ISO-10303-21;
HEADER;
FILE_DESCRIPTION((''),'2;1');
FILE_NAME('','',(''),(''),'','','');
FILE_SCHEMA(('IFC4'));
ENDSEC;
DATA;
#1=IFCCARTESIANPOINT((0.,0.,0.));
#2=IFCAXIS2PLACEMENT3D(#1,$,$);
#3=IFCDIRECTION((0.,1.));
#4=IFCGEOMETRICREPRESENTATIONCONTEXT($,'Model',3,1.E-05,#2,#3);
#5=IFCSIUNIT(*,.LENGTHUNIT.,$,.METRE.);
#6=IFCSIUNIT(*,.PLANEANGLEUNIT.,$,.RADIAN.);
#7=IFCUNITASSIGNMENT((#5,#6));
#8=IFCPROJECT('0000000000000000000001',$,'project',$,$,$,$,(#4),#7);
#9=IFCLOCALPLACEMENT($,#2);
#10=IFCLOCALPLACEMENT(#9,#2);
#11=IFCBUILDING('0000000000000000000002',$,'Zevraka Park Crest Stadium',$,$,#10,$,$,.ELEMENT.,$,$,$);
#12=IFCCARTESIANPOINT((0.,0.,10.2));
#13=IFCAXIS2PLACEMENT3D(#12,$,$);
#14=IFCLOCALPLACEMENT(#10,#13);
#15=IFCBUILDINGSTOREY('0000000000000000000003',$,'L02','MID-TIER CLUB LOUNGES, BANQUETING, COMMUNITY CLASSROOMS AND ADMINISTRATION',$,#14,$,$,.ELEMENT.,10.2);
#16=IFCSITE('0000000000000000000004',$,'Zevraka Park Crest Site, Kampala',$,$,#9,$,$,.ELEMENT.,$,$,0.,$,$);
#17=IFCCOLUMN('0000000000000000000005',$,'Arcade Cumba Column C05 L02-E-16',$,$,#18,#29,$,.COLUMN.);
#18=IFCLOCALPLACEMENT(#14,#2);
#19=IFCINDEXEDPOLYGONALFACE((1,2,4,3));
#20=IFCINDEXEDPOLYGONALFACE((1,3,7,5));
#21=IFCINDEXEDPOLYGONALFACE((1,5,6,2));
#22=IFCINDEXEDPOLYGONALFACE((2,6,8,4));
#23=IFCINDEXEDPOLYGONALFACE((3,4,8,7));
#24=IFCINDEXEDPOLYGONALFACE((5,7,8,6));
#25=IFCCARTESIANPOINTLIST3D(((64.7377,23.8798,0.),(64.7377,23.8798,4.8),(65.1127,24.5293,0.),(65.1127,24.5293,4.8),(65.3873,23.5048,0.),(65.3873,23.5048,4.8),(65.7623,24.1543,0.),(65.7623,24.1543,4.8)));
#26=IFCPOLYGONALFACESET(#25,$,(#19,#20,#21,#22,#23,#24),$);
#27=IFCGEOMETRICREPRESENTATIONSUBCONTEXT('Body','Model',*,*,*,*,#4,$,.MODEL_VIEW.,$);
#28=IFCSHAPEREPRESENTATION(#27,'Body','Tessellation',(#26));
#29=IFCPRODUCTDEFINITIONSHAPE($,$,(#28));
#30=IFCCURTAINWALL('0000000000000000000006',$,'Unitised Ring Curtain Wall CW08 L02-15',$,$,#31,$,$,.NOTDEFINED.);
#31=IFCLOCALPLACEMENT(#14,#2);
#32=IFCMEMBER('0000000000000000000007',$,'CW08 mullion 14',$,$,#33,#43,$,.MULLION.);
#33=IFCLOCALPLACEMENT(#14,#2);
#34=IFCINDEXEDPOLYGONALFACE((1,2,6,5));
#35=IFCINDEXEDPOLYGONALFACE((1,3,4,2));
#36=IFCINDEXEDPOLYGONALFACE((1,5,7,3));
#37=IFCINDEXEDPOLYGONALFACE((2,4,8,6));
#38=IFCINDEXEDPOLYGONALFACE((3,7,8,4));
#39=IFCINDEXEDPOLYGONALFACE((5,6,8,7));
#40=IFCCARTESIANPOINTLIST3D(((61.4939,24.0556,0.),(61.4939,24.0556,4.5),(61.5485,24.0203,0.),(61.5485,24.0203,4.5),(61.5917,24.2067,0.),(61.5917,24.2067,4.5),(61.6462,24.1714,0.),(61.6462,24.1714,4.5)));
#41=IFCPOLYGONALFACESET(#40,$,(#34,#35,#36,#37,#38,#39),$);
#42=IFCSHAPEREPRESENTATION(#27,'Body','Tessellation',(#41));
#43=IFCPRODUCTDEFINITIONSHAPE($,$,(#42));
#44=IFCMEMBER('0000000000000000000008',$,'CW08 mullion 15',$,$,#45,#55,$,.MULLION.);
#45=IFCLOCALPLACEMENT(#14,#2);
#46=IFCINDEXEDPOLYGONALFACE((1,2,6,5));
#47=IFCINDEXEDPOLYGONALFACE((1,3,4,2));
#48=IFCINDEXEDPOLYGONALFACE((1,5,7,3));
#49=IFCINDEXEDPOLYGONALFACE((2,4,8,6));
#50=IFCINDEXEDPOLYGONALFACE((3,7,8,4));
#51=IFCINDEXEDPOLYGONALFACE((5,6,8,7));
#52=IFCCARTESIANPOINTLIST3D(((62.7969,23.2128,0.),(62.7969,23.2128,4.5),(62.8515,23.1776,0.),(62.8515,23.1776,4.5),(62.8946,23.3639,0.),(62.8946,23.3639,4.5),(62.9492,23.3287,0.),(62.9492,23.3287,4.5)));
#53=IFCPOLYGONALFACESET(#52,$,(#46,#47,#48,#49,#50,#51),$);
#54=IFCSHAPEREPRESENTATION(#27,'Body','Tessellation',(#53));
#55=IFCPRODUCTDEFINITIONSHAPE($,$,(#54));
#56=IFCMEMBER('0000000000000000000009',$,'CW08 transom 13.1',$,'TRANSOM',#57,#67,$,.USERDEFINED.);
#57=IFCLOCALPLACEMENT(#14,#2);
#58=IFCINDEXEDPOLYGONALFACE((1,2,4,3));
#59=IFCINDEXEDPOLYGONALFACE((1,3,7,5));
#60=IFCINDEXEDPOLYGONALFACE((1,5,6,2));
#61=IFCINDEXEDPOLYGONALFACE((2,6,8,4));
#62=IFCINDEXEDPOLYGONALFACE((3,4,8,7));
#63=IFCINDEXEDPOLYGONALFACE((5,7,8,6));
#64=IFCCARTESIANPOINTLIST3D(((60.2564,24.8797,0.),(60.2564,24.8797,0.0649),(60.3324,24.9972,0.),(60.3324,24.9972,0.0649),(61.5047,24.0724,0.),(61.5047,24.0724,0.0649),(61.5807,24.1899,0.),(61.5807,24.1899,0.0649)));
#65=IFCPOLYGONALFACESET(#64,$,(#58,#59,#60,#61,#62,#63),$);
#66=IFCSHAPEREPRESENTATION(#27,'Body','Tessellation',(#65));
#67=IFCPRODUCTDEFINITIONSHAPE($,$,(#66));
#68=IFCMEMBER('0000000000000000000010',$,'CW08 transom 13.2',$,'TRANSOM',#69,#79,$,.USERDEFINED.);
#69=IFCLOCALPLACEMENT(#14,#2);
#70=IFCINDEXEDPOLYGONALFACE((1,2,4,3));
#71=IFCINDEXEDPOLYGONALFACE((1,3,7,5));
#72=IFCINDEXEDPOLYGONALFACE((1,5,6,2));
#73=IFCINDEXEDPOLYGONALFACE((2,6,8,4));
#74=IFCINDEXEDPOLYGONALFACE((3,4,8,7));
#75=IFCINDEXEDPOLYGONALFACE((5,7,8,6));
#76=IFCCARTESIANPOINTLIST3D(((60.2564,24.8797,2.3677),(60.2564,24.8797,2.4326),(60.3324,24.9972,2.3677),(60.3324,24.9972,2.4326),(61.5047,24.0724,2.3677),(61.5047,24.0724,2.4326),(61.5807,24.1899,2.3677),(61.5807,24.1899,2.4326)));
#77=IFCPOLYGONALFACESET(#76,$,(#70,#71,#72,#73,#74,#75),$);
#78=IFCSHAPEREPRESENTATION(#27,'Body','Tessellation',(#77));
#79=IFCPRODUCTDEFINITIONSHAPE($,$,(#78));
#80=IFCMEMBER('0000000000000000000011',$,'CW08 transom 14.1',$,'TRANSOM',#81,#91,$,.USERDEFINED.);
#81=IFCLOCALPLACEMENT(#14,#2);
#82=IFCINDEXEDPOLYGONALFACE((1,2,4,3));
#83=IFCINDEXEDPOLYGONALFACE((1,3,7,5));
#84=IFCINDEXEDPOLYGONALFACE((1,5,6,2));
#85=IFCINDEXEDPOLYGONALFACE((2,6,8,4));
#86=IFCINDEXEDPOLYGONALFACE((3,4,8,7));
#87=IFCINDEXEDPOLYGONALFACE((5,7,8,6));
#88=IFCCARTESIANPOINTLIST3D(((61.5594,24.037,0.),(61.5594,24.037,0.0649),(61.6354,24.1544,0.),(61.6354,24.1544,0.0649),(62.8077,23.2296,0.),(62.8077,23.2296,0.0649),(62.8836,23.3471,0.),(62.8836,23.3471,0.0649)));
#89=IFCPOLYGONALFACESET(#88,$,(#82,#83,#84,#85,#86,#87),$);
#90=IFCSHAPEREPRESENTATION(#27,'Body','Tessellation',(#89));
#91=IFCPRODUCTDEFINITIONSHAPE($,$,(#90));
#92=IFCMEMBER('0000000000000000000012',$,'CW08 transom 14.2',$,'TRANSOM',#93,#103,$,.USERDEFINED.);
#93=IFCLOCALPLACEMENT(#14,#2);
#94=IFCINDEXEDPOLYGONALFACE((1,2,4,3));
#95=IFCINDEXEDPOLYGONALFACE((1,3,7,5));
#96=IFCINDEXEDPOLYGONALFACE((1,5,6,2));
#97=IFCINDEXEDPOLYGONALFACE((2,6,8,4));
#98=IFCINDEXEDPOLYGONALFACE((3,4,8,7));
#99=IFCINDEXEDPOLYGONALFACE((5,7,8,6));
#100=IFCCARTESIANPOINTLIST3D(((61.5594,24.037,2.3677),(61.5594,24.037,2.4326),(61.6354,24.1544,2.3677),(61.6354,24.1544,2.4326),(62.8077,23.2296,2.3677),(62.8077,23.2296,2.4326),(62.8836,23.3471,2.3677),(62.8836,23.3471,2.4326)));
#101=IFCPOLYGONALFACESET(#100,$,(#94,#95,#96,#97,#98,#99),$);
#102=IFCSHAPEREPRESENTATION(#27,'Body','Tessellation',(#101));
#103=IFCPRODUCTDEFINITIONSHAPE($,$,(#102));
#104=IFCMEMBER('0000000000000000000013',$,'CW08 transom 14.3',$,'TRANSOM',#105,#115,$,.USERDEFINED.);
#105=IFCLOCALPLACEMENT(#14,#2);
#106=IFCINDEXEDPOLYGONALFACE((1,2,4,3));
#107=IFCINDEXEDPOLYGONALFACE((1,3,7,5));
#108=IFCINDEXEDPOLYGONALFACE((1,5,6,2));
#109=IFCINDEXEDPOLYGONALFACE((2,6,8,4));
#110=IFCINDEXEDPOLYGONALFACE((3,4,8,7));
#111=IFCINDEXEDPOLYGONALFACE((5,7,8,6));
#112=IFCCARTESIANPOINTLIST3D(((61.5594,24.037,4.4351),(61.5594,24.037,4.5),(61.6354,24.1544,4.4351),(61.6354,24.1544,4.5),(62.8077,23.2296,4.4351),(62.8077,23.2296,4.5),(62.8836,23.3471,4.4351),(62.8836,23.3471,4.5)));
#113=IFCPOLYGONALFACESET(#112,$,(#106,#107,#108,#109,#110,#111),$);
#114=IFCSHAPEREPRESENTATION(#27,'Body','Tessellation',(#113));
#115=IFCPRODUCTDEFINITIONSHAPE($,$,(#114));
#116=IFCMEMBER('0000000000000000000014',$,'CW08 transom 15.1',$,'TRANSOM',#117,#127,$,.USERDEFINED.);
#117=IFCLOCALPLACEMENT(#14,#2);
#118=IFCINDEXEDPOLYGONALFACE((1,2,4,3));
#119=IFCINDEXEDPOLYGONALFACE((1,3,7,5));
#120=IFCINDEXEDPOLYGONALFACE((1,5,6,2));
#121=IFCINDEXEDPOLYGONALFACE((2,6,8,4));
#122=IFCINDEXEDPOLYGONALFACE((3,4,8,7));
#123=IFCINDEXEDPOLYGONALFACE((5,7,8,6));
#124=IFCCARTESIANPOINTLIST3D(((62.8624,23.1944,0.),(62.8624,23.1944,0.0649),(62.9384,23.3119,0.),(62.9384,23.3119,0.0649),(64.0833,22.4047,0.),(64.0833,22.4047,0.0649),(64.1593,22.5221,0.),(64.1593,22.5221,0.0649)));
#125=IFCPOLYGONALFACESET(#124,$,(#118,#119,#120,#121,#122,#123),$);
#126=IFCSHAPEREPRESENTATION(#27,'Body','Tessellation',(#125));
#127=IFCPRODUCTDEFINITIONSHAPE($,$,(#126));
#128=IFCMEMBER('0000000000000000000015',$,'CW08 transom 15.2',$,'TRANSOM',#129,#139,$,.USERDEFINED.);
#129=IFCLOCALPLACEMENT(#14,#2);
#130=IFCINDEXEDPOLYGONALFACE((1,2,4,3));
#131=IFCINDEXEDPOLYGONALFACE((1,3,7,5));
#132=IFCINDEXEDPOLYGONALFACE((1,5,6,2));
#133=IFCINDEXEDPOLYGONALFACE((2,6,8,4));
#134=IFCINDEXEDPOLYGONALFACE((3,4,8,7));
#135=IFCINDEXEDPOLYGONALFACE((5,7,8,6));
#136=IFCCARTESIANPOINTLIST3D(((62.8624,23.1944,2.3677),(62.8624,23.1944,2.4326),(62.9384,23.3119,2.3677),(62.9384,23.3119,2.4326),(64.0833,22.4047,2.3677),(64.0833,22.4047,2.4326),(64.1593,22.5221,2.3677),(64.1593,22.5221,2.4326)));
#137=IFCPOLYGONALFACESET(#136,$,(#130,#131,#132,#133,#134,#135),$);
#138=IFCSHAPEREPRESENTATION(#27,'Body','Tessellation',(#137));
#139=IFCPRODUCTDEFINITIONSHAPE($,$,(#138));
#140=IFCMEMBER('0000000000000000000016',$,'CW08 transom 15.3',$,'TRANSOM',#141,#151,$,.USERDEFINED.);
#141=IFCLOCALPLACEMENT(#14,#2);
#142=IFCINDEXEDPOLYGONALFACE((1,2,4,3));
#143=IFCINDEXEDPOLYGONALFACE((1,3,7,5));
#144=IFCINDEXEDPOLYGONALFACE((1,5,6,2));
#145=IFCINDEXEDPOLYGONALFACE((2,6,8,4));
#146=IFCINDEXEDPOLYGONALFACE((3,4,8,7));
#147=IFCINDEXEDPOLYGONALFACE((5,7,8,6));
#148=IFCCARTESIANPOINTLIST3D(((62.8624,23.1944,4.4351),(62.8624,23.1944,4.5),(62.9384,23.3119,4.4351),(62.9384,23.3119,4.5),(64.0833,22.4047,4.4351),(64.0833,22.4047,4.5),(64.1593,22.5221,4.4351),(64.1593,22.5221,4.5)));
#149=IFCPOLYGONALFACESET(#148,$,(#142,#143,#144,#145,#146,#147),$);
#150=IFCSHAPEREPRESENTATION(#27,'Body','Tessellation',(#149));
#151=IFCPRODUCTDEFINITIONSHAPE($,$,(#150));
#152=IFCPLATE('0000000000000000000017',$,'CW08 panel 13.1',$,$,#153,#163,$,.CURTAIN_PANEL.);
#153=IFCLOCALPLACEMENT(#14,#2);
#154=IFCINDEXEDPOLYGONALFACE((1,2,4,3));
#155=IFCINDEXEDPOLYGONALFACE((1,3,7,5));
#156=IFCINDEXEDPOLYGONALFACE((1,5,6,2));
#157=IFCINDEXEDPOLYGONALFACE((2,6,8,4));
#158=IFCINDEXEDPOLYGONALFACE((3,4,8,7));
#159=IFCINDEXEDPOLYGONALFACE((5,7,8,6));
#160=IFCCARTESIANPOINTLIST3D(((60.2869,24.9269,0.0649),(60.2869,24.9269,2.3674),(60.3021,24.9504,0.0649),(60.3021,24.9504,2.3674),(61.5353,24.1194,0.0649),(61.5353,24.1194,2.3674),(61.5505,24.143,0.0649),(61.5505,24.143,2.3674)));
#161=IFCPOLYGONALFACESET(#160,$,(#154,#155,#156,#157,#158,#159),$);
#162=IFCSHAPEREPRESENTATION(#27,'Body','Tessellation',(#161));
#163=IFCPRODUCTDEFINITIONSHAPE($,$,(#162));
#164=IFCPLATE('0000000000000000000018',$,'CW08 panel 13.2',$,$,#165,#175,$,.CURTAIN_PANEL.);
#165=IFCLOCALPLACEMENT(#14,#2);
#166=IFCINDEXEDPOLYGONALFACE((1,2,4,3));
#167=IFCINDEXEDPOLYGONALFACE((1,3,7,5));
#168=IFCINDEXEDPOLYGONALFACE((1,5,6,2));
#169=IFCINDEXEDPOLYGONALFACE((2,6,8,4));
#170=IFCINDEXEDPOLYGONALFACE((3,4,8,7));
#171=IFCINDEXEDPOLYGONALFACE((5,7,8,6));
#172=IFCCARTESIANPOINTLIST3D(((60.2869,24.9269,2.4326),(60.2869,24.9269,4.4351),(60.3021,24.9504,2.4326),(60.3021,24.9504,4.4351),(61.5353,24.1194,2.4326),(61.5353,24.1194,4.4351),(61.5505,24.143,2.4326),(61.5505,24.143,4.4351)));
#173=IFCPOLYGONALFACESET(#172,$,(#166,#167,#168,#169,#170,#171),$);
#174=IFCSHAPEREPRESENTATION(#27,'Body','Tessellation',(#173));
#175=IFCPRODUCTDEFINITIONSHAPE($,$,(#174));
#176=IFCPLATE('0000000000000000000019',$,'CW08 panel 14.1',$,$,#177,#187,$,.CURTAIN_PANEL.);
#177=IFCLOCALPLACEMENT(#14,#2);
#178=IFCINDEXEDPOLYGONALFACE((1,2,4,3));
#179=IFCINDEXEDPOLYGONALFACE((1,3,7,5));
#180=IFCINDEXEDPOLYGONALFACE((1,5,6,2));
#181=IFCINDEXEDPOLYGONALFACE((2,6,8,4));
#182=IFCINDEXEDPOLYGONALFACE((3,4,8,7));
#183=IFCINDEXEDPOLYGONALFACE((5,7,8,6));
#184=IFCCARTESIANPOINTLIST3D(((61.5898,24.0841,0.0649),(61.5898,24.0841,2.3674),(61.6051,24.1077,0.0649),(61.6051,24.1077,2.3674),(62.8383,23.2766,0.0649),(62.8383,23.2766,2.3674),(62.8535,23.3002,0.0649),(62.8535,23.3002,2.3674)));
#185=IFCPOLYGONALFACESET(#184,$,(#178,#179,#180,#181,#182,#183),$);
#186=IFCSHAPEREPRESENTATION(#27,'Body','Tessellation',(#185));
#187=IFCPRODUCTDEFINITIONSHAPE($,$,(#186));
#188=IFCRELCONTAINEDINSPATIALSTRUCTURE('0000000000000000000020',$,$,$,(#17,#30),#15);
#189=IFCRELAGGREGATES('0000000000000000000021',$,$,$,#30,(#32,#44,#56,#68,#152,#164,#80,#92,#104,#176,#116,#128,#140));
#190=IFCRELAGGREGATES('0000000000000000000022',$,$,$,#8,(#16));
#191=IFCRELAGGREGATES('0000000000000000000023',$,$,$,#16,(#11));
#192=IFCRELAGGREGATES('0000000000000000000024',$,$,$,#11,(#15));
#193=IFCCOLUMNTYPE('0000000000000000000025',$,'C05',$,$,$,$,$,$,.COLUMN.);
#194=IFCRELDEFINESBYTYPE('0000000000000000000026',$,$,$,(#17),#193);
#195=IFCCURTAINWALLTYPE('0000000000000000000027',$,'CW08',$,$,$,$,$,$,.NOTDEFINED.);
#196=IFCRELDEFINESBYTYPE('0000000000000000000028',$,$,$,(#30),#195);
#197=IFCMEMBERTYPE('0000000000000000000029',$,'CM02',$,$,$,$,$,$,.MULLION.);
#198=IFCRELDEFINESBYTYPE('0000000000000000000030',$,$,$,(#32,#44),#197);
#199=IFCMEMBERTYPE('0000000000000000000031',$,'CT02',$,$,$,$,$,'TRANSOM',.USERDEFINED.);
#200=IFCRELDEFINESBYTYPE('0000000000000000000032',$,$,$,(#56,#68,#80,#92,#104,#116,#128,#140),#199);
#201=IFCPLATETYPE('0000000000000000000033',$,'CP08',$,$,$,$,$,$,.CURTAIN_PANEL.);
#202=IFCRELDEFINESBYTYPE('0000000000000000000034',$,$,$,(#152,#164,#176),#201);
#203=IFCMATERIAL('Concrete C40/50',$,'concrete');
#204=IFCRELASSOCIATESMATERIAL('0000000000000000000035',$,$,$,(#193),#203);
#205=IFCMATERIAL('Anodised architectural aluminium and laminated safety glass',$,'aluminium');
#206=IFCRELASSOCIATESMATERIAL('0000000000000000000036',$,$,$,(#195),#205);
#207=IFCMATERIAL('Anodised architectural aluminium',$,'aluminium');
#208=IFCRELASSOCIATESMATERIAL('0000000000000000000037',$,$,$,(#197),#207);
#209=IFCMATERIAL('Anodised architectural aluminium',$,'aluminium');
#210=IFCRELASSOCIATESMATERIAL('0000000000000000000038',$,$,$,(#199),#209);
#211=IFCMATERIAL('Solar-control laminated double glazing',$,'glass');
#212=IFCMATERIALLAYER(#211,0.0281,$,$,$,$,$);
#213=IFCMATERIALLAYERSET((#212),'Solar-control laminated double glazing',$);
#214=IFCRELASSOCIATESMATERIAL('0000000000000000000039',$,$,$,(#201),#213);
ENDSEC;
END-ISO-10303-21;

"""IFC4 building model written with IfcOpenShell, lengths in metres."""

from ifc_helpers import new_model, si_unit, direction, frame, origin, origin_2d, place, context, subcontext, project, spatial, rectangle, extrude, material, layer, layer_set, material_profile, profile_set, type_object, element, aggregate, save


model = new_model("IFC4")

# Units and contexts
model_context = context("Model", 3, precision=1e-05, world=origin(), true_north=direction((0.0, 1.0)))
body_context = subcontext(model_context, "Body", "Model", "MODEL_VIEW")
ifc_project = project(units=[si_unit("LENGTHUNIT", "METRE"), si_unit("PLANEANGLEUNIT", "RADIAN")], contexts=[model_context])

# Site, building, storey
site_placement = place(None, origin())
site = spatial("IfcSite", under=ifc_project, at=site_placement, Name="Zevraka Park Crest Site, Kampala", CompositionType="ELEMENT", RefElevation=0.0)
building_placement = place(site_placement, origin())
building = spatial("IfcBuilding", under=site, at=building_placement, Name="Zevraka Park Crest Stadium", CompositionType="ELEMENT")
storey_placement = place(building_placement, frame((0.0, 0.0, 10.2)))
storey = spatial("IfcBuildingStorey", under=building, at=storey_placement, Name="L02", Description="MID-TIER CLUB LOUNGES, BANQUETING, COMMUNITY CLASSROOMS AND ADMINISTRATION", CompositionType="ELEMENT", Elevation=10.2)

# Column
ifc_material_1 = material(Name="Concrete C40/50", Category="concrete")
ifc_material_profile_1 = material_profile(ifc_material_1, rectangle(XDim=0.75, YDim=0.75, at=origin_2d()), Name="RC 750x750")
ifc_profile_set_1 = profile_set([ifc_material_profile_1], Name="Concrete C40/50")
column_type = type_object("IfcColumnType", Name="C05", PredefinedType="COLUMN", material=ifc_profile_set_1)
column_placement = place(storey_placement, frame((65.25, 24.0171, 0.0), z_axis=(0.0, 0.0, 1.0), x_axis=(0.5, 0.866025, 0.0)))
element("IfcColumn", 1, at=column_placement, inside=storey, type_object=column_type, Name="Arcade Cumba Column C05 L02-E-16", PredefinedType="COLUMN", context=body_context, shape_type="SweptSolid", body=[
    extrude(rectangle(XDim=0.75, YDim=0.75, at=origin_2d()), origin(), (0.0, 0.0, 1.0), 4.8),
])

# Curtain wall, members, plates
ifc_material_2 = material(Name="Anodised architectural aluminium and laminated safety glass", Category="aluminium")
curtain_wall_type = type_object("IfcCurtainWallType", Name="CW08", PredefinedType="NOTDEFINED", material=ifc_material_2)
curtain_wall_placement = place(storey_placement, origin())
curtain_wall = element("IfcCurtainWall", 2, at=curtain_wall_placement, inside=storey, type_object=curtain_wall_type, Name="Unitised Ring Curtain Wall CW08 L02-15", PredefinedType="NOTDEFINED")
ifc_material_3 = material(Name="Anodised architectural aluminium", Category="aluminium")
ifc_material_profile_2 = material_profile(ifc_material_3, rectangle(XDim=0.1799, YDim=0.0649, at=origin_2d()), Name="ALU MULLION 180x65")
ifc_profile_set_2 = profile_set([ifc_material_profile_2], Name="Anodised architectural aluminium")
member_type_1 = type_object("IfcMemberType", Name="CM02", PredefinedType="MULLION", material=ifc_profile_set_2)
member_1_placement = place(storey_placement, frame((61.5701, 24.1135, 0.0), z_axis=(0.0, 0.0, 1.0), x_axis=(0.543096, 0.83967, 0.0)))
member_1 = element("IfcMember", 3, at=member_1_placement, type_object=member_type_1, Name="CW08 mullion 14", PredefinedType="MULLION", context=body_context, shape_type="SweptSolid", body=[
    extrude(rectangle(XDim=0.1799, YDim=0.0649, at=origin_2d()), origin(), (0.0, 0.0, 1.0), 4.5),
])
member_2_placement = place(storey_placement, frame((62.873, 23.2708, 0.0), z_axis=(0.0, 0.0, 1.0), x_axis=(0.543096, 0.83967, 0.0)))
member_2 = element("IfcMember", 4, at=member_2_placement, type_object=member_type_1, Name="CW08 mullion 15", PredefinedType="MULLION", context=body_context, shape_type="SweptSolid", body=[
    extrude(rectangle(XDim=0.1799, YDim=0.0649, at=origin_2d()), origin(), (0.0, 0.0, 1.0), 4.5),
])
ifc_material_4 = material(Name="Anodised architectural aluminium", Category="aluminium")
ifc_material_profile_3 = material_profile(ifc_material_4, rectangle(XDim=0.1399, YDim=0.0649, at=origin_2d()), Name="ALU TRANSOM 140x65")
ifc_profile_set_3 = profile_set([ifc_material_profile_3], Name="Anodised architectural aluminium")
member_type_2 = type_object("IfcMemberType", Name="CT02", ElementType="TRANSOM", PredefinedType="USERDEFINED", material=ifc_profile_set_3)
member_3_placement = place(storey_placement, frame((60.2944, 24.9385, 0.0325), z_axis=(0.839676, -0.543088, 0.0), x_axis=(0.543088, 0.839676, 0.0)))
member_3 = element("IfcMember", 5, at=member_3_placement, type_object=member_type_2, Name="CW08 transom 13.1", ObjectType="TRANSOM", PredefinedType="USERDEFINED", context=body_context, shape_type="SweptSolid", body=[
    extrude(rectangle(XDim=0.1399, YDim=0.0649, at=origin_2d()), origin(), (0.0, 0.0, 1.0), 1.4866),
])
member_4_placement = place(storey_placement, frame((60.2944, 24.9385, 2.4001), z_axis=(0.839676, -0.543088, 0.0), x_axis=(0.543088, 0.839676, 0.0)))
member_4 = element("IfcMember", 6, at=member_4_placement, type_object=member_type_2, Name="CW08 transom 13.2", ObjectType="TRANSOM", PredefinedType="USERDEFINED", context=body_context, shape_type="SweptSolid", body=[
    extrude(rectangle(XDim=0.1399, YDim=0.0649, at=origin_2d()), origin(), (0.0, 0.0, 1.0), 1.4866),
])
member_5_placement = place(storey_placement, frame((61.5974, 24.0957, 0.0325), z_axis=(0.839676, -0.543088, 0.0), x_axis=(0.543088, 0.839676, 0.0)))
member_5 = element("IfcMember", 7, at=member_5_placement, type_object=member_type_2, Name="CW08 transom 14.1", ObjectType="TRANSOM", PredefinedType="USERDEFINED", context=body_context, shape_type="SweptSolid", body=[
    extrude(rectangle(XDim=0.1399, YDim=0.0649, at=origin_2d()), origin(), (0.0, 0.0, 1.0), 1.4866),
])
member_6_placement = place(storey_placement, frame((61.5974, 24.0957, 2.4001), z_axis=(0.839676, -0.543088, 0.0), x_axis=(0.543088, 0.839676, 0.0)))
member_6 = element("IfcMember", 8, at=member_6_placement, type_object=member_type_2, Name="CW08 transom 14.2", ObjectType="TRANSOM", PredefinedType="USERDEFINED", context=body_context, shape_type="SweptSolid", body=[
    extrude(rectangle(XDim=0.1399, YDim=0.0649, at=origin_2d()), origin(), (0.0, 0.0, 1.0), 1.4866),
])
member_7_placement = place(storey_placement, frame((61.5974, 24.0957, 4.4675), z_axis=(0.839676, -0.543088, 0.0), x_axis=(0.543088, 0.839676, 0.0)))
member_7 = element("IfcMember", 9, at=member_7_placement, type_object=member_type_2, Name="CW08 transom 14.3", ObjectType="TRANSOM", PredefinedType="USERDEFINED", context=body_context, shape_type="SweptSolid", body=[
    extrude(rectangle(XDim=0.1399, YDim=0.0649, at=origin_2d()), origin(), (0.0, 0.0, 1.0), 1.4866),
])
member_8_placement = place(storey_placement, frame((62.9004, 23.2532, 0.0325), z_axis=(0.839642, -0.54314, 0.0), x_axis=(0.54314, 0.839642, 0.0)))
member_8 = element("IfcMember", 10, at=member_8_placement, type_object=member_type_2, Name="CW08 transom 15.1", ObjectType="TRANSOM", PredefinedType="USERDEFINED", context=body_context, shape_type="SweptSolid", body=[
    extrude(rectangle(XDim=0.1399, YDim=0.0649, at=origin_2d()), origin(), (0.0, 0.0, 1.0), 1.4541),
])
member_9_placement = place(storey_placement, frame((62.9004, 23.2532, 2.4001), z_axis=(0.839642, -0.54314, 0.0), x_axis=(0.54314, 0.839642, 0.0)))
member_9 = element("IfcMember", 11, at=member_9_placement, type_object=member_type_2, Name="CW08 transom 15.2", ObjectType="TRANSOM", PredefinedType="USERDEFINED", context=body_context, shape_type="SweptSolid", body=[
    extrude(rectangle(XDim=0.1399, YDim=0.0649, at=origin_2d()), origin(), (0.0, 0.0, 1.0), 1.4541),
])
member_10_placement = place(storey_placement, frame((62.9004, 23.2532, 4.4675), z_axis=(0.839642, -0.54314, 0.0), x_axis=(0.54314, 0.839642, 0.0)))
member_10 = element("IfcMember", 12, at=member_10_placement, type_object=member_type_2, Name="CW08 transom 15.3", ObjectType="TRANSOM", PredefinedType="USERDEFINED", context=body_context, shape_type="SweptSolid", body=[
    extrude(rectangle(XDim=0.1399, YDim=0.0649, at=origin_2d()), origin(), (0.0, 0.0, 1.0), 1.4541),
])
ifc_material_5 = material(Name="Solar-control laminated double glazing", Category="glass")
ifc_layer_1 = layer(ifc_material_5, 0.0281)
ifc_layer_set_1 = layer_set([ifc_layer_1], Name="Solar-control laminated double glazing")
plate_type = type_object("IfcPlateType", Name="CP08", PredefinedType="CURTAIN_PANEL", material=ifc_layer_set_1)
plate_1_placement = place(storey_placement, frame((60.9187, 24.5349, 0.0649), z_axis=(0.0, 0.0, 1.0), x_axis=(0.83967, -0.543096, 0.0)))
plate_1 = element("IfcPlate", 13, at=plate_1_placement, type_object=plate_type, Name="CW08 panel 13.1", PredefinedType="CURTAIN_PANEL", context=body_context, shape_type="SweptSolid", body=[
    extrude(rectangle(XDim=1.4868, YDim=0.0281, at=origin_2d()), origin(), (0.0, 0.0, 1.0), 2.3025),
])
plate_2_placement = place(storey_placement, frame((60.9187, 24.5349, 2.4326), z_axis=(0.0, 0.0, 1.0), x_axis=(0.83967, -0.543096, 0.0)))
plate_2 = element("IfcPlate", 14, at=plate_2_placement, type_object=plate_type, Name="CW08 panel 13.2", PredefinedType="CURTAIN_PANEL", context=body_context, shape_type="SweptSolid", body=[
    extrude(rectangle(XDim=1.4868, YDim=0.0281, at=origin_2d()), origin(), (0.0, 0.0, 1.0), 2.0024),
])
plate_3_placement = place(storey_placement, frame((62.2217, 23.6921, 0.0649), z_axis=(0.0, 0.0, 1.0), x_axis=(0.83967, -0.543096, 0.0)))
plate_3 = element("IfcPlate", 15, at=plate_3_placement, type_object=plate_type, Name="CW08 panel 14.1", PredefinedType="CURTAIN_PANEL", context=body_context, shape_type="SweptSolid", body=[
    extrude(rectangle(XDim=1.4868, YDim=0.0281, at=origin_2d()), origin(), (0.0, 0.0, 1.0), 2.3025),
])
aggregate(curtain_wall, [member_1, member_2, member_3, member_4, plate_1, plate_2, member_5, member_6, member_7, plate_3, member_8, member_9, member_10])

save(model, "model.ifc")
